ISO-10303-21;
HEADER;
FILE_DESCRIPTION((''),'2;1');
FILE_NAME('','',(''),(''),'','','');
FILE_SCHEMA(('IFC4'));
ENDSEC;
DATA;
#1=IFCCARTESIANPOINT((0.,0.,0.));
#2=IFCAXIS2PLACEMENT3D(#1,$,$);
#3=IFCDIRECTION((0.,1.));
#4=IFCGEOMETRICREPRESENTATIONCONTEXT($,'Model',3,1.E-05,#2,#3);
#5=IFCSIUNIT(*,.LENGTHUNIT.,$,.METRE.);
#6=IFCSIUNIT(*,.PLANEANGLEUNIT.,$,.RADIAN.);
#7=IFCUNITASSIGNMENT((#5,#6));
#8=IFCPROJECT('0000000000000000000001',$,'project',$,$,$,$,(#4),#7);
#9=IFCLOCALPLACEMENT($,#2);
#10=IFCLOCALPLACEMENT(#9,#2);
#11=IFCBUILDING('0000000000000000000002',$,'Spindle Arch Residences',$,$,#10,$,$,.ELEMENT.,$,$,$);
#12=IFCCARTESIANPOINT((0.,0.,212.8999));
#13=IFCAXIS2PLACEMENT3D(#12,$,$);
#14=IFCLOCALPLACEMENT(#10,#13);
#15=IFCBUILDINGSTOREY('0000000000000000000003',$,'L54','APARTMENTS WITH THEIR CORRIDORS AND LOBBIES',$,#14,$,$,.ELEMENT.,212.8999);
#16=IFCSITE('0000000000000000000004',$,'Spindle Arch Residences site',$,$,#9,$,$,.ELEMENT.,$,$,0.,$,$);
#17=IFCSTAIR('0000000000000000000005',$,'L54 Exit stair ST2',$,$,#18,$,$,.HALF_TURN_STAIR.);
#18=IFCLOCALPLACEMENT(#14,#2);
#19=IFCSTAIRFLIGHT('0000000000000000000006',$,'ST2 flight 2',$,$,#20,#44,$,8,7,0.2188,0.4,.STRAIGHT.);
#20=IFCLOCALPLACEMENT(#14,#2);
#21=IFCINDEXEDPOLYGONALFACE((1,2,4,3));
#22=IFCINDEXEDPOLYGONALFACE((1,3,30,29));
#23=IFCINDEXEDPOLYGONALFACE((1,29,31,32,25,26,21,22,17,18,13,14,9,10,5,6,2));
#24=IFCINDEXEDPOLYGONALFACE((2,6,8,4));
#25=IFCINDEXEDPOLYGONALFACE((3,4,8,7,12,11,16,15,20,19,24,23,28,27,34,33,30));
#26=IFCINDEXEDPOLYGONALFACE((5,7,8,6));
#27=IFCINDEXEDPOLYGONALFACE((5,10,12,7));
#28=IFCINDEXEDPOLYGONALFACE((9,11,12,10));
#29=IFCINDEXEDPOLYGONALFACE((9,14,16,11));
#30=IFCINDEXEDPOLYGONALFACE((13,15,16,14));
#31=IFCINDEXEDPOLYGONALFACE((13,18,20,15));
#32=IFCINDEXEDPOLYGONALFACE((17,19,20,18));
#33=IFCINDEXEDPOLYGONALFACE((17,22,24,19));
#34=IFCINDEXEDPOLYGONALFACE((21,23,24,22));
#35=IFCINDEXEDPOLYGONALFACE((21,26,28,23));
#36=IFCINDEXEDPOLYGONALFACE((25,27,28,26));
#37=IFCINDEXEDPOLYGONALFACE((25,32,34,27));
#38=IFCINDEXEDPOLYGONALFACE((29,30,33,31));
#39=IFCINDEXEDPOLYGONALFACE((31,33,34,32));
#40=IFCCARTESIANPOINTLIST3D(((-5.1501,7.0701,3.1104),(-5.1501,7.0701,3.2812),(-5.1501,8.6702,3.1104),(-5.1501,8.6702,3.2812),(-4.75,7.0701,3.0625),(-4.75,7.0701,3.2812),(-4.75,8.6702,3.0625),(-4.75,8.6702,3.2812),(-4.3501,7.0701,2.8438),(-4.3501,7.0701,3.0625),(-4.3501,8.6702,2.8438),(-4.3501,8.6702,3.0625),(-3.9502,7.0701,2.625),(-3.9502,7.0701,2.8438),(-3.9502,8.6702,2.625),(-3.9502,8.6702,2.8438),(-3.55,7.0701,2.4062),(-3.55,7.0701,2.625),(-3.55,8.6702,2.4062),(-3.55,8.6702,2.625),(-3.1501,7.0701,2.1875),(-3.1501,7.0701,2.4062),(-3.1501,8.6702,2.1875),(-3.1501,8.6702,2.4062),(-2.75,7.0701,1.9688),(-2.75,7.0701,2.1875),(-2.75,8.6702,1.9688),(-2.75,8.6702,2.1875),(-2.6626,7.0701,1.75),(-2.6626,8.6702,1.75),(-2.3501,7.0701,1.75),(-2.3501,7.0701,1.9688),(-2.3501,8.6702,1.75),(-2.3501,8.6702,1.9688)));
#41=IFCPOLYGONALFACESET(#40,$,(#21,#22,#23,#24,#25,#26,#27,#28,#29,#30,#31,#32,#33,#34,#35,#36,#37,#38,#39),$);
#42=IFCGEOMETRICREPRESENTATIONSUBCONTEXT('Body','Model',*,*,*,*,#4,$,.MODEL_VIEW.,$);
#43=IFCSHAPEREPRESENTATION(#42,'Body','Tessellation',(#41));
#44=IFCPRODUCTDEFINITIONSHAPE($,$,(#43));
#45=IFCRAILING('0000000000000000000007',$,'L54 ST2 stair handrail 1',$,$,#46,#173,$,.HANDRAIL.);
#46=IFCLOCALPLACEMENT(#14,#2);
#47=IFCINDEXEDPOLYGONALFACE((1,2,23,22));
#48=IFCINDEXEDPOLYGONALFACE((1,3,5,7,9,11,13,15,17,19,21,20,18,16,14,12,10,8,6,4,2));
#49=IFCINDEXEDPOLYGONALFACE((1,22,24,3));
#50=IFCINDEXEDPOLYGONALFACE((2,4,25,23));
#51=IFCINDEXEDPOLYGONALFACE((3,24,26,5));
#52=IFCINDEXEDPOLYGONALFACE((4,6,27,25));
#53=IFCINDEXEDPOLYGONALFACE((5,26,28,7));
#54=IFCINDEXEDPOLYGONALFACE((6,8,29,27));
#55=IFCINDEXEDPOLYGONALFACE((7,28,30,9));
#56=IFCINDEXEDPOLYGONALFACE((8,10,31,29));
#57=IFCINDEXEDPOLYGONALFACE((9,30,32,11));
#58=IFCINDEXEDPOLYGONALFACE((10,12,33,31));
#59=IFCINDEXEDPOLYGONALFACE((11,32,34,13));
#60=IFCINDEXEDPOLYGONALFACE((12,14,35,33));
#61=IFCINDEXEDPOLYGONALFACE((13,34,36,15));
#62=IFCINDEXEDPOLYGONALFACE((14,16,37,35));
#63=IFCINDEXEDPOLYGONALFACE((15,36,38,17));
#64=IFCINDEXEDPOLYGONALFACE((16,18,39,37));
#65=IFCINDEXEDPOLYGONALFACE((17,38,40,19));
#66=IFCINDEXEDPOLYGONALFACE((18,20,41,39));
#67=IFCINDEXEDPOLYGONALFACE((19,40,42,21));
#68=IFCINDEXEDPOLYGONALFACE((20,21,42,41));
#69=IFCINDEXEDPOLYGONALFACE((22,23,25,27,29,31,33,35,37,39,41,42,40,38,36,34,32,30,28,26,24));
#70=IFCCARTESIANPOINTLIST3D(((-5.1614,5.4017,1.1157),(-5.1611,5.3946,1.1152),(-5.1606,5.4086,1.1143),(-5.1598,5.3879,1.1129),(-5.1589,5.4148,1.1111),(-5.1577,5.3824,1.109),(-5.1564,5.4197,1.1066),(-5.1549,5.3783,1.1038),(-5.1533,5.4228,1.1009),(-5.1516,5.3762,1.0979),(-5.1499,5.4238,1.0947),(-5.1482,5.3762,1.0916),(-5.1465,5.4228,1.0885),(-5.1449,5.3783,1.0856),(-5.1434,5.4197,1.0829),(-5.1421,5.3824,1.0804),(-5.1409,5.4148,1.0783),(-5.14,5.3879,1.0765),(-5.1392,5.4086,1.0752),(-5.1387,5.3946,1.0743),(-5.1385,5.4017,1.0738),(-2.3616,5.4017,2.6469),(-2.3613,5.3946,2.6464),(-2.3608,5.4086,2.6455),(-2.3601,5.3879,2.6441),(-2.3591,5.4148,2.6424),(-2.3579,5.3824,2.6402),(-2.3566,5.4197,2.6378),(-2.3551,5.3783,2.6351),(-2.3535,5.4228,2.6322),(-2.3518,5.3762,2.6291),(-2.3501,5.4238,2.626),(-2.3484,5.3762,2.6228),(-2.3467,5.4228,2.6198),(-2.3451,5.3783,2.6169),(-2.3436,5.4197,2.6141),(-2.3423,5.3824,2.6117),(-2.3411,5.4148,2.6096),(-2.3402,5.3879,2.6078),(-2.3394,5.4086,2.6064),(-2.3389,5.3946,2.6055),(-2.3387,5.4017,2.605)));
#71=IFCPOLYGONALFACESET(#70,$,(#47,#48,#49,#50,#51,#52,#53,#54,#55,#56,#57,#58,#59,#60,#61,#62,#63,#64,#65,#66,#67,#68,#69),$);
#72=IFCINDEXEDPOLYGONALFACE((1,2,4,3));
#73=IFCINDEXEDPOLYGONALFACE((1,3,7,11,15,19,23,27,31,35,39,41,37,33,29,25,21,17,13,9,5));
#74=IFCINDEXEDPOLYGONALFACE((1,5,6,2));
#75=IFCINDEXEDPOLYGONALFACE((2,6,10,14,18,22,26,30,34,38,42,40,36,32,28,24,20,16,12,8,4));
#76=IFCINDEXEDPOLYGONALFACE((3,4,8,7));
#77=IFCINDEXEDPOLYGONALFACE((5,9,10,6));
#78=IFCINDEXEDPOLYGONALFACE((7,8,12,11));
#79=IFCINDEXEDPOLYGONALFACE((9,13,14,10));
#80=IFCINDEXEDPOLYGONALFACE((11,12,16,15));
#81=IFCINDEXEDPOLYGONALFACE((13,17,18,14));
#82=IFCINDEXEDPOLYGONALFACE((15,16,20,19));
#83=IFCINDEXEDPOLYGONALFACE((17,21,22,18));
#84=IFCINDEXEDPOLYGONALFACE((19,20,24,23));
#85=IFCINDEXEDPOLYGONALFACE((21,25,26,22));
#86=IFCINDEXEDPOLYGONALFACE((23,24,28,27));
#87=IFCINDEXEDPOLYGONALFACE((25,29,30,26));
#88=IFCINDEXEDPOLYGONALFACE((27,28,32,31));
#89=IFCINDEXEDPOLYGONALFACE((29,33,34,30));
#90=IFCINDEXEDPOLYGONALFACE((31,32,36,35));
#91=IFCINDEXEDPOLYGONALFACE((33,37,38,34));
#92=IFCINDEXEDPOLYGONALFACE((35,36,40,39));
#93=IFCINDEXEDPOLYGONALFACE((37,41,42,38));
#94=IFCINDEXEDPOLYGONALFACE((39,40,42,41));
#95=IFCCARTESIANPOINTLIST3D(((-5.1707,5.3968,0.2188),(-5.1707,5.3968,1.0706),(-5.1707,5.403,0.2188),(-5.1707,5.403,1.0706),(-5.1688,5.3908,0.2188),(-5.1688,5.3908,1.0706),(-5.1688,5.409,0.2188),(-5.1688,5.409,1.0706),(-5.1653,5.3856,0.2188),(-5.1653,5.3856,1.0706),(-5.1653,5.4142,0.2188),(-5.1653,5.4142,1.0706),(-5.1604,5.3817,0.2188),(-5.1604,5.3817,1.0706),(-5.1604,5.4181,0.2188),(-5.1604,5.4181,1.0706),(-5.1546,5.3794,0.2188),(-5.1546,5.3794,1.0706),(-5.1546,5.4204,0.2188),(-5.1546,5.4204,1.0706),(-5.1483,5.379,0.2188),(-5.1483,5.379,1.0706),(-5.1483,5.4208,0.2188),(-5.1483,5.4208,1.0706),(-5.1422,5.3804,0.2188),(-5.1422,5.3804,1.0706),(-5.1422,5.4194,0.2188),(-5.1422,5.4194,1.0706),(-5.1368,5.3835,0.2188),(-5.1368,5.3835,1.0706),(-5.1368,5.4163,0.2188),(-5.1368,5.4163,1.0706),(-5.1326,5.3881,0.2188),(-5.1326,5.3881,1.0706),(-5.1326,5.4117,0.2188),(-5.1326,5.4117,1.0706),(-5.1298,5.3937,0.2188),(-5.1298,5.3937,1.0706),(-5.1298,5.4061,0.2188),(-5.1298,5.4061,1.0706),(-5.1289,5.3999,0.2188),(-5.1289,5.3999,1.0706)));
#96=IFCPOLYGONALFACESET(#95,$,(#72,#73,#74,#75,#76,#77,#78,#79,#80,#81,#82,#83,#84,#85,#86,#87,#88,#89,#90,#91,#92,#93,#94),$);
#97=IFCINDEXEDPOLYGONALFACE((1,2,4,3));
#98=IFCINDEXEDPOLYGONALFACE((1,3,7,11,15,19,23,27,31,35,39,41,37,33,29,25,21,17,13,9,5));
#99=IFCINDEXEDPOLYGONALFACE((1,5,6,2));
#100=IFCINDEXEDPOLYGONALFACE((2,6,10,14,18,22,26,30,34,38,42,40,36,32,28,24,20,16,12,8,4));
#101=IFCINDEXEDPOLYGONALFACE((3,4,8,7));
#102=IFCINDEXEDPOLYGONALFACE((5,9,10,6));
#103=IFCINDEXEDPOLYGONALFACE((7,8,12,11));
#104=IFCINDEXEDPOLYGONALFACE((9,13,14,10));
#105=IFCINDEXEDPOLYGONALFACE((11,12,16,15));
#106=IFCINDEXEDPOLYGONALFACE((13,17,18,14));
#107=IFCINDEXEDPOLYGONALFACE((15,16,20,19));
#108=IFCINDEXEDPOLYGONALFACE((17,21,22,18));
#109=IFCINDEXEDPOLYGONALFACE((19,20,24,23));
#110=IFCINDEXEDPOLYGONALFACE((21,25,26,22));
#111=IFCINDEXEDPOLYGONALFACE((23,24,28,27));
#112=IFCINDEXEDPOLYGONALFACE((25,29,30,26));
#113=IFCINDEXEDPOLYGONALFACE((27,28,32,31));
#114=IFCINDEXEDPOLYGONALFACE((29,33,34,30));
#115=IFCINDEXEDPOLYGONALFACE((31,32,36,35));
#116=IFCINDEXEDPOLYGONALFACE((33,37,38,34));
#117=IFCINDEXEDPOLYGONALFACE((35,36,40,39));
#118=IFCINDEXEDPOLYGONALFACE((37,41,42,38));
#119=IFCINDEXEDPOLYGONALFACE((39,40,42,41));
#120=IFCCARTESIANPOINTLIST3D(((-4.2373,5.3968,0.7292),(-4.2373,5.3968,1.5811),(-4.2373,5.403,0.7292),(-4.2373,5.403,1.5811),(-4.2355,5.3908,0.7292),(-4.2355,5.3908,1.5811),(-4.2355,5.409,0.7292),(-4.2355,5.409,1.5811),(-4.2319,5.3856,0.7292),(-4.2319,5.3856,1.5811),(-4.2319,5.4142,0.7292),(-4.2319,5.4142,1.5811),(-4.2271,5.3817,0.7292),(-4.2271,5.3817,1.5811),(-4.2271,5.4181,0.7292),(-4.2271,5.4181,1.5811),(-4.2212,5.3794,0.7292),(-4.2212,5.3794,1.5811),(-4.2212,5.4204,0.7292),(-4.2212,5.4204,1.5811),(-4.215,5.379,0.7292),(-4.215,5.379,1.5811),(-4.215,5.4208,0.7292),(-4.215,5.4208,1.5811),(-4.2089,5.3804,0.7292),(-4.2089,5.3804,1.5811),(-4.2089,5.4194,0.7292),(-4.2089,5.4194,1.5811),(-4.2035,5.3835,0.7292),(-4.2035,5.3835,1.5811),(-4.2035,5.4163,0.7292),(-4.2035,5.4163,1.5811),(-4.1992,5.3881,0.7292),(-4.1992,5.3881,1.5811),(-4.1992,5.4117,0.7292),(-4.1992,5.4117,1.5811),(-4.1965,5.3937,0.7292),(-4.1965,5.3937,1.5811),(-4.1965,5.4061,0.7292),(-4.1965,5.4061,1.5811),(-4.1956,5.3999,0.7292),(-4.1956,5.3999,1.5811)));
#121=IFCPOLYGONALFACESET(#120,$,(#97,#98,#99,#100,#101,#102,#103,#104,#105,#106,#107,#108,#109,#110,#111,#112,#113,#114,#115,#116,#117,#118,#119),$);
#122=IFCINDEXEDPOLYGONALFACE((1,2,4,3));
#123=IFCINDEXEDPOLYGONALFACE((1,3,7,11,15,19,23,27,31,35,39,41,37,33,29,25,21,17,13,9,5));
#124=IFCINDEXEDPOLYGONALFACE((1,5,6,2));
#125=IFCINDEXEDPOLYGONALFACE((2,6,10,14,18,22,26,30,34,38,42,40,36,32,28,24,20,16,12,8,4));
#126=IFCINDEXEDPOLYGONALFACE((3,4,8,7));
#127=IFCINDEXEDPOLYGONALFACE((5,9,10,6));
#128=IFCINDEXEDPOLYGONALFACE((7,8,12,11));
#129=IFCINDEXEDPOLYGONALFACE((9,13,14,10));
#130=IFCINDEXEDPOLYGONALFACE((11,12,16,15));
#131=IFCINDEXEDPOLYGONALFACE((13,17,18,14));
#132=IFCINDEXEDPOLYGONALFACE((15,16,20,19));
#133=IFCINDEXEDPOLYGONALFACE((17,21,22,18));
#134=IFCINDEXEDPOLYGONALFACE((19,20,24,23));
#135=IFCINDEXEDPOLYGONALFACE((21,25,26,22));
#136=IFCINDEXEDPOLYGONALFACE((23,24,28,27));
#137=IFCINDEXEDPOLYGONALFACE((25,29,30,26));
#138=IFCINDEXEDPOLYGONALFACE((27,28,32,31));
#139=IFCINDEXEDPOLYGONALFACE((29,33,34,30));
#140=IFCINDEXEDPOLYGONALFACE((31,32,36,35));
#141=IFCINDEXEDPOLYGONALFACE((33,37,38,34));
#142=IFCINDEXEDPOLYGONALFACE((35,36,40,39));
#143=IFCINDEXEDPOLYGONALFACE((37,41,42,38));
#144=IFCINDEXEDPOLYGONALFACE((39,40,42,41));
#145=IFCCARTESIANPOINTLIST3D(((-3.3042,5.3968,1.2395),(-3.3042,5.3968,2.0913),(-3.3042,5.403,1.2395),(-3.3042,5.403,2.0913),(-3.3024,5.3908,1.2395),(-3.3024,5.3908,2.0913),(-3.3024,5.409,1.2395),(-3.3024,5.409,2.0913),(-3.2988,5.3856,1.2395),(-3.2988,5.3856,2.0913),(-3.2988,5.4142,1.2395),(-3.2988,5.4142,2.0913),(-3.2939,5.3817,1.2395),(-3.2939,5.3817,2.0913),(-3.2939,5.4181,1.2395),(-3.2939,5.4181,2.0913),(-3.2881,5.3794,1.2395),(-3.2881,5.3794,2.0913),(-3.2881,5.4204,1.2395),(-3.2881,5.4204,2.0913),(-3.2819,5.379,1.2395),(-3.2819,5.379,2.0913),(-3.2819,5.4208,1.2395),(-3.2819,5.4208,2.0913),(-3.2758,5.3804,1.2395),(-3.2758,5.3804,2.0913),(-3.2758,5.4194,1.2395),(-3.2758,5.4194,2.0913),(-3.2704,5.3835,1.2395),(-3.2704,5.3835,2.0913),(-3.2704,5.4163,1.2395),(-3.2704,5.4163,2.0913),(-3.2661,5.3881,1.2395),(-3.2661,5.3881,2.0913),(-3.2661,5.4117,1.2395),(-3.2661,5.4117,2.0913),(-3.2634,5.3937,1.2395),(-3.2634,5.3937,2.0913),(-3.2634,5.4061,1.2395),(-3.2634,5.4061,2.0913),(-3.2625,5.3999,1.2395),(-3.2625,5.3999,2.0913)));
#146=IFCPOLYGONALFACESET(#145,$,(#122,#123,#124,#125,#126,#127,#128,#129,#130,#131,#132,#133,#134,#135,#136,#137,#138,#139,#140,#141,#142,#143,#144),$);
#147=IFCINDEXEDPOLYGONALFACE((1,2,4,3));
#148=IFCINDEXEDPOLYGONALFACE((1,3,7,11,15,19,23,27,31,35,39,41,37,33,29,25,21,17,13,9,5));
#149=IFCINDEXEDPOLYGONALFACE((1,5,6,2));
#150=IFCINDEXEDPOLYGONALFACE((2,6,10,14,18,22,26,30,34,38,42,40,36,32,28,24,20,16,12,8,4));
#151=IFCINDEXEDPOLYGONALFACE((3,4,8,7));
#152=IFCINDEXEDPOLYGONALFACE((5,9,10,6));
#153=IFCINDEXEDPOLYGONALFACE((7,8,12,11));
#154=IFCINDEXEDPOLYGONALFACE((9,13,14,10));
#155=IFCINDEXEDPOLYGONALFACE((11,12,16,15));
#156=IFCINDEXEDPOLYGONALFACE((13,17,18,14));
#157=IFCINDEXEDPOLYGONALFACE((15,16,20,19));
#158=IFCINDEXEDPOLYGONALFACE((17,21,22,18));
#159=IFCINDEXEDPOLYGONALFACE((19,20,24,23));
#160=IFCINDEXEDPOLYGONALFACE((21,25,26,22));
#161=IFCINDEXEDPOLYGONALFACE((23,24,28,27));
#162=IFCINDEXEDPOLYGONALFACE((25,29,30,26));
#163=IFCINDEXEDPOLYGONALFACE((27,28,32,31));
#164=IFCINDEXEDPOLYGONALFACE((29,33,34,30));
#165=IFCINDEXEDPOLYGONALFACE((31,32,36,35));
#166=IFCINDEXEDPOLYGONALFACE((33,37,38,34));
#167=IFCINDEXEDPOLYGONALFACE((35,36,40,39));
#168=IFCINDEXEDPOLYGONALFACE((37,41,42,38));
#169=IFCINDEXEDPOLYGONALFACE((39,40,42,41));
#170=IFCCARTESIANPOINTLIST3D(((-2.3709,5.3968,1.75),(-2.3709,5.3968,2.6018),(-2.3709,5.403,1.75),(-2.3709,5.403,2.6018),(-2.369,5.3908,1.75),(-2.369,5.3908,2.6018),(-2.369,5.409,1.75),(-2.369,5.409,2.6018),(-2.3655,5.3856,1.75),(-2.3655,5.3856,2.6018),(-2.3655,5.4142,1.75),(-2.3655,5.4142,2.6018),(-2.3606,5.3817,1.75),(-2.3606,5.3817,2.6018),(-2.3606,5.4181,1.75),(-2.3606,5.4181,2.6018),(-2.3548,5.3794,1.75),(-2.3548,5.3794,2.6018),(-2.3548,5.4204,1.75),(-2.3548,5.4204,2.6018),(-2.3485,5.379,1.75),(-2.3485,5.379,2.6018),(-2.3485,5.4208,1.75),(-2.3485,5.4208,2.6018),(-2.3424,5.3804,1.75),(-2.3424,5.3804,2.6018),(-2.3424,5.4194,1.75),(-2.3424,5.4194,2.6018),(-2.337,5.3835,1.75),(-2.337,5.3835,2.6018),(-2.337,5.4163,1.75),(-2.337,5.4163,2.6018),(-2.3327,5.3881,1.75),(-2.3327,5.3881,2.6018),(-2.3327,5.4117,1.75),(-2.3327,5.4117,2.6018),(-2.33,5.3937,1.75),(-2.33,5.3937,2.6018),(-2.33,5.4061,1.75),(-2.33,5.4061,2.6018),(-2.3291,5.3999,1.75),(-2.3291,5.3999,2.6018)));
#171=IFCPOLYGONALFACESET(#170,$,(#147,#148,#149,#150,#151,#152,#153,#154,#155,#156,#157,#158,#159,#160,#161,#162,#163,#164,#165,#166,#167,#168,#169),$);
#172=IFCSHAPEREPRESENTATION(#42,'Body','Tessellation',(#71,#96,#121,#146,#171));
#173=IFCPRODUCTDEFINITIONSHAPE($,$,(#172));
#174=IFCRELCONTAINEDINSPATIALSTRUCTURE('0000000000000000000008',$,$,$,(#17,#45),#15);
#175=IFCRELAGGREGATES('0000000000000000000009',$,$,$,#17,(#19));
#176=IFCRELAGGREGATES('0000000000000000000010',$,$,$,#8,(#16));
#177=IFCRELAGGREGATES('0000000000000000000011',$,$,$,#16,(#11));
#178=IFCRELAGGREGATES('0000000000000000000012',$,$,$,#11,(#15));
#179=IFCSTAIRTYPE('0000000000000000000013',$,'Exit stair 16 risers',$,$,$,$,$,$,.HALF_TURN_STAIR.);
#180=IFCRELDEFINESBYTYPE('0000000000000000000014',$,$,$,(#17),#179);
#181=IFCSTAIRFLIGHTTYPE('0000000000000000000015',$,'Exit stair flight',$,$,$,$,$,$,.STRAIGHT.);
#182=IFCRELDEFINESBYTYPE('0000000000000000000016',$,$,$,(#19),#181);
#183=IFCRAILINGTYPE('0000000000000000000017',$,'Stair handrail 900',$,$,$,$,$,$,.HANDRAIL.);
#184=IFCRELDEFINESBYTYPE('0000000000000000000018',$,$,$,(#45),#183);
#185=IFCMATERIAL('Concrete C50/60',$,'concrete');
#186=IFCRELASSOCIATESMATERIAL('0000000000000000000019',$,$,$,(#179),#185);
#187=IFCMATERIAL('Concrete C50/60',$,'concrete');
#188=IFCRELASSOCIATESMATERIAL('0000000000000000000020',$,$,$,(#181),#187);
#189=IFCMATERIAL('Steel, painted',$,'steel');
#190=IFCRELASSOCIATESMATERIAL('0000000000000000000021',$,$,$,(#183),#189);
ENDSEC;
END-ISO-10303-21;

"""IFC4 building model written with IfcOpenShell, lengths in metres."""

from ifc_helpers import new_model, si_unit, direction, frame, origin, origin_2d, place, context, subcontext, project, spatial, polyline, circle, outline, extrude, material, type_object, element, aggregate, save


model = new_model("IFC4")

# Units and contexts
model_context = context("Model", 3, precision=1e-05, world=origin(), true_north=direction((0.0, 1.0)))
body_context = subcontext(model_context, "Body", "Model", "MODEL_VIEW")
ifc_project = project(units=[si_unit("LENGTHUNIT", "METRE"), si_unit("PLANEANGLEUNIT", "RADIAN")], contexts=[model_context])

# Site, building, storey
site_placement = place(None, origin())
site = spatial("IfcSite", under=ifc_project, at=site_placement, Name="Spindle Arch Residences site", CompositionType="ELEMENT", RefElevation=0.0)
building_placement = place(site_placement, origin())
building = spatial("IfcBuilding", under=site, at=building_placement, Name="Spindle Arch Residences", CompositionType="ELEMENT")
storey_placement = place(building_placement, frame((0.0, 0.0, 212.8999)))
storey = spatial("IfcBuildingStorey", under=building, at=storey_placement, Name="L54", Description="APARTMENTS WITH THEIR CORRIDORS AND LOBBIES", CompositionType="ELEMENT", Elevation=212.8999)

# Stair, stair flight
ifc_material_1 = material(Name="Concrete C50/60", Category="concrete")
stair_type = type_object("IfcStairType", Name="Exit stair 16 risers", PredefinedType="HALF_TURN_STAIR", material=ifc_material_1)
stair_placement = place(storey_placement, origin())
stair = element("IfcStair", 1, at=stair_placement, inside=storey, type_object=stair_type, Name="L54 Exit stair ST2", PredefinedType="HALF_TURN_STAIR")
ifc_material_2 = material(Name="Concrete C50/60", Category="concrete")
stair_flight_type = type_object("IfcStairFlightType", Name="Exit stair flight", PredefinedType="STRAIGHT", material=ifc_material_2)
stair_flight_1_placement = place(storey_placement, frame((-2.3501, 7.8701, 1.75), z_axis=(0.0, 0.0, 1.0), x_axis=(-1.0, 0.0, 0.0)))
stair_flight_1 = element("IfcStairFlight", 2, at=stair_flight_1_placement, type_object=stair_flight_type, Name="ST2 flight 2", NumberOfRisers=8, NumberOfTreads=7, PredefinedType="STRAIGHT", RiserHeight=0.2188, TreadLength=0.4, context=body_context, shape_type="SweptSolid", body=[
    extrude(outline(polyline([(0.0, 0.0), (0.0, 0.2188), (0.3999, 0.2188), (0.3999, 0.4375), (0.8, 0.4375), (0.8, 0.6562), (1.2, 0.6562), (1.2, 0.875), (1.6001, 0.875), (1.6001, 1.0938), (2.0, 1.0938), (2.0, 1.3125), (2.3999, 1.3125), (2.3999, 1.5312), (2.8, 1.5312), (2.8, 1.75), (2.8, 1.3604), (0.3125, 0.0), (0.0, 0.0)])), frame((0.0, 0.8, 0.0), z_axis=(0.0, -1.0, 0.0), x_axis=(1.0, 0.0, 0.0)), (0.0, 0.0, 1.0), 1.6001),
])
aggregate(stair, [stair_flight_1])

# Railing
ifc_material_3 = material(Name="Steel, painted", Category="steel")
railing_type_1 = type_object("IfcRailingType", Name="Stair handrail 900", PredefinedType="HANDRAIL", material=ifc_material_3)
railing_1_placement = place(storey_placement, frame((-5.1499, 5.3999, 0.2188)))
element("IfcRailing", 3, at=railing_1_placement, inside=storey, type_object=railing_type_1, Name="L54 ST2 stair handrail 1", PredefinedType="HANDRAIL", context=body_context, shape_type="SweptSolid", body=[
    extrude(circle(Radius=0.0239, at=origin_2d()), frame((0.0, 0.0, 0.876), z_axis=(0.877357, 0.0, 0.479838), x_axis=(0.0, 1.0, 0.0)), (0.0, 0.0, 1.0), 3.1912),
    extrude(circle(Radius=0.021, at=origin_2d()), origin(), (0.0, 0.0, 1.0), 0.8518),
    extrude(circle(Radius=0.021, at=origin_2d()), frame((0.9333, 0.0, 0.5105)), (0.0, 0.0, 1.0), 0.8518),
    extrude(circle(Radius=0.021, at=origin_2d()), frame((1.8665, 0.0, 1.0208)), (0.0, 0.0, 1.0), 0.8518),
    extrude(circle(Radius=0.021, at=origin_2d()), frame((2.7998, 0.0, 1.5312)), (0.0, 0.0, 1.0), 0.8518),
])

save(model, "model.ifc")
